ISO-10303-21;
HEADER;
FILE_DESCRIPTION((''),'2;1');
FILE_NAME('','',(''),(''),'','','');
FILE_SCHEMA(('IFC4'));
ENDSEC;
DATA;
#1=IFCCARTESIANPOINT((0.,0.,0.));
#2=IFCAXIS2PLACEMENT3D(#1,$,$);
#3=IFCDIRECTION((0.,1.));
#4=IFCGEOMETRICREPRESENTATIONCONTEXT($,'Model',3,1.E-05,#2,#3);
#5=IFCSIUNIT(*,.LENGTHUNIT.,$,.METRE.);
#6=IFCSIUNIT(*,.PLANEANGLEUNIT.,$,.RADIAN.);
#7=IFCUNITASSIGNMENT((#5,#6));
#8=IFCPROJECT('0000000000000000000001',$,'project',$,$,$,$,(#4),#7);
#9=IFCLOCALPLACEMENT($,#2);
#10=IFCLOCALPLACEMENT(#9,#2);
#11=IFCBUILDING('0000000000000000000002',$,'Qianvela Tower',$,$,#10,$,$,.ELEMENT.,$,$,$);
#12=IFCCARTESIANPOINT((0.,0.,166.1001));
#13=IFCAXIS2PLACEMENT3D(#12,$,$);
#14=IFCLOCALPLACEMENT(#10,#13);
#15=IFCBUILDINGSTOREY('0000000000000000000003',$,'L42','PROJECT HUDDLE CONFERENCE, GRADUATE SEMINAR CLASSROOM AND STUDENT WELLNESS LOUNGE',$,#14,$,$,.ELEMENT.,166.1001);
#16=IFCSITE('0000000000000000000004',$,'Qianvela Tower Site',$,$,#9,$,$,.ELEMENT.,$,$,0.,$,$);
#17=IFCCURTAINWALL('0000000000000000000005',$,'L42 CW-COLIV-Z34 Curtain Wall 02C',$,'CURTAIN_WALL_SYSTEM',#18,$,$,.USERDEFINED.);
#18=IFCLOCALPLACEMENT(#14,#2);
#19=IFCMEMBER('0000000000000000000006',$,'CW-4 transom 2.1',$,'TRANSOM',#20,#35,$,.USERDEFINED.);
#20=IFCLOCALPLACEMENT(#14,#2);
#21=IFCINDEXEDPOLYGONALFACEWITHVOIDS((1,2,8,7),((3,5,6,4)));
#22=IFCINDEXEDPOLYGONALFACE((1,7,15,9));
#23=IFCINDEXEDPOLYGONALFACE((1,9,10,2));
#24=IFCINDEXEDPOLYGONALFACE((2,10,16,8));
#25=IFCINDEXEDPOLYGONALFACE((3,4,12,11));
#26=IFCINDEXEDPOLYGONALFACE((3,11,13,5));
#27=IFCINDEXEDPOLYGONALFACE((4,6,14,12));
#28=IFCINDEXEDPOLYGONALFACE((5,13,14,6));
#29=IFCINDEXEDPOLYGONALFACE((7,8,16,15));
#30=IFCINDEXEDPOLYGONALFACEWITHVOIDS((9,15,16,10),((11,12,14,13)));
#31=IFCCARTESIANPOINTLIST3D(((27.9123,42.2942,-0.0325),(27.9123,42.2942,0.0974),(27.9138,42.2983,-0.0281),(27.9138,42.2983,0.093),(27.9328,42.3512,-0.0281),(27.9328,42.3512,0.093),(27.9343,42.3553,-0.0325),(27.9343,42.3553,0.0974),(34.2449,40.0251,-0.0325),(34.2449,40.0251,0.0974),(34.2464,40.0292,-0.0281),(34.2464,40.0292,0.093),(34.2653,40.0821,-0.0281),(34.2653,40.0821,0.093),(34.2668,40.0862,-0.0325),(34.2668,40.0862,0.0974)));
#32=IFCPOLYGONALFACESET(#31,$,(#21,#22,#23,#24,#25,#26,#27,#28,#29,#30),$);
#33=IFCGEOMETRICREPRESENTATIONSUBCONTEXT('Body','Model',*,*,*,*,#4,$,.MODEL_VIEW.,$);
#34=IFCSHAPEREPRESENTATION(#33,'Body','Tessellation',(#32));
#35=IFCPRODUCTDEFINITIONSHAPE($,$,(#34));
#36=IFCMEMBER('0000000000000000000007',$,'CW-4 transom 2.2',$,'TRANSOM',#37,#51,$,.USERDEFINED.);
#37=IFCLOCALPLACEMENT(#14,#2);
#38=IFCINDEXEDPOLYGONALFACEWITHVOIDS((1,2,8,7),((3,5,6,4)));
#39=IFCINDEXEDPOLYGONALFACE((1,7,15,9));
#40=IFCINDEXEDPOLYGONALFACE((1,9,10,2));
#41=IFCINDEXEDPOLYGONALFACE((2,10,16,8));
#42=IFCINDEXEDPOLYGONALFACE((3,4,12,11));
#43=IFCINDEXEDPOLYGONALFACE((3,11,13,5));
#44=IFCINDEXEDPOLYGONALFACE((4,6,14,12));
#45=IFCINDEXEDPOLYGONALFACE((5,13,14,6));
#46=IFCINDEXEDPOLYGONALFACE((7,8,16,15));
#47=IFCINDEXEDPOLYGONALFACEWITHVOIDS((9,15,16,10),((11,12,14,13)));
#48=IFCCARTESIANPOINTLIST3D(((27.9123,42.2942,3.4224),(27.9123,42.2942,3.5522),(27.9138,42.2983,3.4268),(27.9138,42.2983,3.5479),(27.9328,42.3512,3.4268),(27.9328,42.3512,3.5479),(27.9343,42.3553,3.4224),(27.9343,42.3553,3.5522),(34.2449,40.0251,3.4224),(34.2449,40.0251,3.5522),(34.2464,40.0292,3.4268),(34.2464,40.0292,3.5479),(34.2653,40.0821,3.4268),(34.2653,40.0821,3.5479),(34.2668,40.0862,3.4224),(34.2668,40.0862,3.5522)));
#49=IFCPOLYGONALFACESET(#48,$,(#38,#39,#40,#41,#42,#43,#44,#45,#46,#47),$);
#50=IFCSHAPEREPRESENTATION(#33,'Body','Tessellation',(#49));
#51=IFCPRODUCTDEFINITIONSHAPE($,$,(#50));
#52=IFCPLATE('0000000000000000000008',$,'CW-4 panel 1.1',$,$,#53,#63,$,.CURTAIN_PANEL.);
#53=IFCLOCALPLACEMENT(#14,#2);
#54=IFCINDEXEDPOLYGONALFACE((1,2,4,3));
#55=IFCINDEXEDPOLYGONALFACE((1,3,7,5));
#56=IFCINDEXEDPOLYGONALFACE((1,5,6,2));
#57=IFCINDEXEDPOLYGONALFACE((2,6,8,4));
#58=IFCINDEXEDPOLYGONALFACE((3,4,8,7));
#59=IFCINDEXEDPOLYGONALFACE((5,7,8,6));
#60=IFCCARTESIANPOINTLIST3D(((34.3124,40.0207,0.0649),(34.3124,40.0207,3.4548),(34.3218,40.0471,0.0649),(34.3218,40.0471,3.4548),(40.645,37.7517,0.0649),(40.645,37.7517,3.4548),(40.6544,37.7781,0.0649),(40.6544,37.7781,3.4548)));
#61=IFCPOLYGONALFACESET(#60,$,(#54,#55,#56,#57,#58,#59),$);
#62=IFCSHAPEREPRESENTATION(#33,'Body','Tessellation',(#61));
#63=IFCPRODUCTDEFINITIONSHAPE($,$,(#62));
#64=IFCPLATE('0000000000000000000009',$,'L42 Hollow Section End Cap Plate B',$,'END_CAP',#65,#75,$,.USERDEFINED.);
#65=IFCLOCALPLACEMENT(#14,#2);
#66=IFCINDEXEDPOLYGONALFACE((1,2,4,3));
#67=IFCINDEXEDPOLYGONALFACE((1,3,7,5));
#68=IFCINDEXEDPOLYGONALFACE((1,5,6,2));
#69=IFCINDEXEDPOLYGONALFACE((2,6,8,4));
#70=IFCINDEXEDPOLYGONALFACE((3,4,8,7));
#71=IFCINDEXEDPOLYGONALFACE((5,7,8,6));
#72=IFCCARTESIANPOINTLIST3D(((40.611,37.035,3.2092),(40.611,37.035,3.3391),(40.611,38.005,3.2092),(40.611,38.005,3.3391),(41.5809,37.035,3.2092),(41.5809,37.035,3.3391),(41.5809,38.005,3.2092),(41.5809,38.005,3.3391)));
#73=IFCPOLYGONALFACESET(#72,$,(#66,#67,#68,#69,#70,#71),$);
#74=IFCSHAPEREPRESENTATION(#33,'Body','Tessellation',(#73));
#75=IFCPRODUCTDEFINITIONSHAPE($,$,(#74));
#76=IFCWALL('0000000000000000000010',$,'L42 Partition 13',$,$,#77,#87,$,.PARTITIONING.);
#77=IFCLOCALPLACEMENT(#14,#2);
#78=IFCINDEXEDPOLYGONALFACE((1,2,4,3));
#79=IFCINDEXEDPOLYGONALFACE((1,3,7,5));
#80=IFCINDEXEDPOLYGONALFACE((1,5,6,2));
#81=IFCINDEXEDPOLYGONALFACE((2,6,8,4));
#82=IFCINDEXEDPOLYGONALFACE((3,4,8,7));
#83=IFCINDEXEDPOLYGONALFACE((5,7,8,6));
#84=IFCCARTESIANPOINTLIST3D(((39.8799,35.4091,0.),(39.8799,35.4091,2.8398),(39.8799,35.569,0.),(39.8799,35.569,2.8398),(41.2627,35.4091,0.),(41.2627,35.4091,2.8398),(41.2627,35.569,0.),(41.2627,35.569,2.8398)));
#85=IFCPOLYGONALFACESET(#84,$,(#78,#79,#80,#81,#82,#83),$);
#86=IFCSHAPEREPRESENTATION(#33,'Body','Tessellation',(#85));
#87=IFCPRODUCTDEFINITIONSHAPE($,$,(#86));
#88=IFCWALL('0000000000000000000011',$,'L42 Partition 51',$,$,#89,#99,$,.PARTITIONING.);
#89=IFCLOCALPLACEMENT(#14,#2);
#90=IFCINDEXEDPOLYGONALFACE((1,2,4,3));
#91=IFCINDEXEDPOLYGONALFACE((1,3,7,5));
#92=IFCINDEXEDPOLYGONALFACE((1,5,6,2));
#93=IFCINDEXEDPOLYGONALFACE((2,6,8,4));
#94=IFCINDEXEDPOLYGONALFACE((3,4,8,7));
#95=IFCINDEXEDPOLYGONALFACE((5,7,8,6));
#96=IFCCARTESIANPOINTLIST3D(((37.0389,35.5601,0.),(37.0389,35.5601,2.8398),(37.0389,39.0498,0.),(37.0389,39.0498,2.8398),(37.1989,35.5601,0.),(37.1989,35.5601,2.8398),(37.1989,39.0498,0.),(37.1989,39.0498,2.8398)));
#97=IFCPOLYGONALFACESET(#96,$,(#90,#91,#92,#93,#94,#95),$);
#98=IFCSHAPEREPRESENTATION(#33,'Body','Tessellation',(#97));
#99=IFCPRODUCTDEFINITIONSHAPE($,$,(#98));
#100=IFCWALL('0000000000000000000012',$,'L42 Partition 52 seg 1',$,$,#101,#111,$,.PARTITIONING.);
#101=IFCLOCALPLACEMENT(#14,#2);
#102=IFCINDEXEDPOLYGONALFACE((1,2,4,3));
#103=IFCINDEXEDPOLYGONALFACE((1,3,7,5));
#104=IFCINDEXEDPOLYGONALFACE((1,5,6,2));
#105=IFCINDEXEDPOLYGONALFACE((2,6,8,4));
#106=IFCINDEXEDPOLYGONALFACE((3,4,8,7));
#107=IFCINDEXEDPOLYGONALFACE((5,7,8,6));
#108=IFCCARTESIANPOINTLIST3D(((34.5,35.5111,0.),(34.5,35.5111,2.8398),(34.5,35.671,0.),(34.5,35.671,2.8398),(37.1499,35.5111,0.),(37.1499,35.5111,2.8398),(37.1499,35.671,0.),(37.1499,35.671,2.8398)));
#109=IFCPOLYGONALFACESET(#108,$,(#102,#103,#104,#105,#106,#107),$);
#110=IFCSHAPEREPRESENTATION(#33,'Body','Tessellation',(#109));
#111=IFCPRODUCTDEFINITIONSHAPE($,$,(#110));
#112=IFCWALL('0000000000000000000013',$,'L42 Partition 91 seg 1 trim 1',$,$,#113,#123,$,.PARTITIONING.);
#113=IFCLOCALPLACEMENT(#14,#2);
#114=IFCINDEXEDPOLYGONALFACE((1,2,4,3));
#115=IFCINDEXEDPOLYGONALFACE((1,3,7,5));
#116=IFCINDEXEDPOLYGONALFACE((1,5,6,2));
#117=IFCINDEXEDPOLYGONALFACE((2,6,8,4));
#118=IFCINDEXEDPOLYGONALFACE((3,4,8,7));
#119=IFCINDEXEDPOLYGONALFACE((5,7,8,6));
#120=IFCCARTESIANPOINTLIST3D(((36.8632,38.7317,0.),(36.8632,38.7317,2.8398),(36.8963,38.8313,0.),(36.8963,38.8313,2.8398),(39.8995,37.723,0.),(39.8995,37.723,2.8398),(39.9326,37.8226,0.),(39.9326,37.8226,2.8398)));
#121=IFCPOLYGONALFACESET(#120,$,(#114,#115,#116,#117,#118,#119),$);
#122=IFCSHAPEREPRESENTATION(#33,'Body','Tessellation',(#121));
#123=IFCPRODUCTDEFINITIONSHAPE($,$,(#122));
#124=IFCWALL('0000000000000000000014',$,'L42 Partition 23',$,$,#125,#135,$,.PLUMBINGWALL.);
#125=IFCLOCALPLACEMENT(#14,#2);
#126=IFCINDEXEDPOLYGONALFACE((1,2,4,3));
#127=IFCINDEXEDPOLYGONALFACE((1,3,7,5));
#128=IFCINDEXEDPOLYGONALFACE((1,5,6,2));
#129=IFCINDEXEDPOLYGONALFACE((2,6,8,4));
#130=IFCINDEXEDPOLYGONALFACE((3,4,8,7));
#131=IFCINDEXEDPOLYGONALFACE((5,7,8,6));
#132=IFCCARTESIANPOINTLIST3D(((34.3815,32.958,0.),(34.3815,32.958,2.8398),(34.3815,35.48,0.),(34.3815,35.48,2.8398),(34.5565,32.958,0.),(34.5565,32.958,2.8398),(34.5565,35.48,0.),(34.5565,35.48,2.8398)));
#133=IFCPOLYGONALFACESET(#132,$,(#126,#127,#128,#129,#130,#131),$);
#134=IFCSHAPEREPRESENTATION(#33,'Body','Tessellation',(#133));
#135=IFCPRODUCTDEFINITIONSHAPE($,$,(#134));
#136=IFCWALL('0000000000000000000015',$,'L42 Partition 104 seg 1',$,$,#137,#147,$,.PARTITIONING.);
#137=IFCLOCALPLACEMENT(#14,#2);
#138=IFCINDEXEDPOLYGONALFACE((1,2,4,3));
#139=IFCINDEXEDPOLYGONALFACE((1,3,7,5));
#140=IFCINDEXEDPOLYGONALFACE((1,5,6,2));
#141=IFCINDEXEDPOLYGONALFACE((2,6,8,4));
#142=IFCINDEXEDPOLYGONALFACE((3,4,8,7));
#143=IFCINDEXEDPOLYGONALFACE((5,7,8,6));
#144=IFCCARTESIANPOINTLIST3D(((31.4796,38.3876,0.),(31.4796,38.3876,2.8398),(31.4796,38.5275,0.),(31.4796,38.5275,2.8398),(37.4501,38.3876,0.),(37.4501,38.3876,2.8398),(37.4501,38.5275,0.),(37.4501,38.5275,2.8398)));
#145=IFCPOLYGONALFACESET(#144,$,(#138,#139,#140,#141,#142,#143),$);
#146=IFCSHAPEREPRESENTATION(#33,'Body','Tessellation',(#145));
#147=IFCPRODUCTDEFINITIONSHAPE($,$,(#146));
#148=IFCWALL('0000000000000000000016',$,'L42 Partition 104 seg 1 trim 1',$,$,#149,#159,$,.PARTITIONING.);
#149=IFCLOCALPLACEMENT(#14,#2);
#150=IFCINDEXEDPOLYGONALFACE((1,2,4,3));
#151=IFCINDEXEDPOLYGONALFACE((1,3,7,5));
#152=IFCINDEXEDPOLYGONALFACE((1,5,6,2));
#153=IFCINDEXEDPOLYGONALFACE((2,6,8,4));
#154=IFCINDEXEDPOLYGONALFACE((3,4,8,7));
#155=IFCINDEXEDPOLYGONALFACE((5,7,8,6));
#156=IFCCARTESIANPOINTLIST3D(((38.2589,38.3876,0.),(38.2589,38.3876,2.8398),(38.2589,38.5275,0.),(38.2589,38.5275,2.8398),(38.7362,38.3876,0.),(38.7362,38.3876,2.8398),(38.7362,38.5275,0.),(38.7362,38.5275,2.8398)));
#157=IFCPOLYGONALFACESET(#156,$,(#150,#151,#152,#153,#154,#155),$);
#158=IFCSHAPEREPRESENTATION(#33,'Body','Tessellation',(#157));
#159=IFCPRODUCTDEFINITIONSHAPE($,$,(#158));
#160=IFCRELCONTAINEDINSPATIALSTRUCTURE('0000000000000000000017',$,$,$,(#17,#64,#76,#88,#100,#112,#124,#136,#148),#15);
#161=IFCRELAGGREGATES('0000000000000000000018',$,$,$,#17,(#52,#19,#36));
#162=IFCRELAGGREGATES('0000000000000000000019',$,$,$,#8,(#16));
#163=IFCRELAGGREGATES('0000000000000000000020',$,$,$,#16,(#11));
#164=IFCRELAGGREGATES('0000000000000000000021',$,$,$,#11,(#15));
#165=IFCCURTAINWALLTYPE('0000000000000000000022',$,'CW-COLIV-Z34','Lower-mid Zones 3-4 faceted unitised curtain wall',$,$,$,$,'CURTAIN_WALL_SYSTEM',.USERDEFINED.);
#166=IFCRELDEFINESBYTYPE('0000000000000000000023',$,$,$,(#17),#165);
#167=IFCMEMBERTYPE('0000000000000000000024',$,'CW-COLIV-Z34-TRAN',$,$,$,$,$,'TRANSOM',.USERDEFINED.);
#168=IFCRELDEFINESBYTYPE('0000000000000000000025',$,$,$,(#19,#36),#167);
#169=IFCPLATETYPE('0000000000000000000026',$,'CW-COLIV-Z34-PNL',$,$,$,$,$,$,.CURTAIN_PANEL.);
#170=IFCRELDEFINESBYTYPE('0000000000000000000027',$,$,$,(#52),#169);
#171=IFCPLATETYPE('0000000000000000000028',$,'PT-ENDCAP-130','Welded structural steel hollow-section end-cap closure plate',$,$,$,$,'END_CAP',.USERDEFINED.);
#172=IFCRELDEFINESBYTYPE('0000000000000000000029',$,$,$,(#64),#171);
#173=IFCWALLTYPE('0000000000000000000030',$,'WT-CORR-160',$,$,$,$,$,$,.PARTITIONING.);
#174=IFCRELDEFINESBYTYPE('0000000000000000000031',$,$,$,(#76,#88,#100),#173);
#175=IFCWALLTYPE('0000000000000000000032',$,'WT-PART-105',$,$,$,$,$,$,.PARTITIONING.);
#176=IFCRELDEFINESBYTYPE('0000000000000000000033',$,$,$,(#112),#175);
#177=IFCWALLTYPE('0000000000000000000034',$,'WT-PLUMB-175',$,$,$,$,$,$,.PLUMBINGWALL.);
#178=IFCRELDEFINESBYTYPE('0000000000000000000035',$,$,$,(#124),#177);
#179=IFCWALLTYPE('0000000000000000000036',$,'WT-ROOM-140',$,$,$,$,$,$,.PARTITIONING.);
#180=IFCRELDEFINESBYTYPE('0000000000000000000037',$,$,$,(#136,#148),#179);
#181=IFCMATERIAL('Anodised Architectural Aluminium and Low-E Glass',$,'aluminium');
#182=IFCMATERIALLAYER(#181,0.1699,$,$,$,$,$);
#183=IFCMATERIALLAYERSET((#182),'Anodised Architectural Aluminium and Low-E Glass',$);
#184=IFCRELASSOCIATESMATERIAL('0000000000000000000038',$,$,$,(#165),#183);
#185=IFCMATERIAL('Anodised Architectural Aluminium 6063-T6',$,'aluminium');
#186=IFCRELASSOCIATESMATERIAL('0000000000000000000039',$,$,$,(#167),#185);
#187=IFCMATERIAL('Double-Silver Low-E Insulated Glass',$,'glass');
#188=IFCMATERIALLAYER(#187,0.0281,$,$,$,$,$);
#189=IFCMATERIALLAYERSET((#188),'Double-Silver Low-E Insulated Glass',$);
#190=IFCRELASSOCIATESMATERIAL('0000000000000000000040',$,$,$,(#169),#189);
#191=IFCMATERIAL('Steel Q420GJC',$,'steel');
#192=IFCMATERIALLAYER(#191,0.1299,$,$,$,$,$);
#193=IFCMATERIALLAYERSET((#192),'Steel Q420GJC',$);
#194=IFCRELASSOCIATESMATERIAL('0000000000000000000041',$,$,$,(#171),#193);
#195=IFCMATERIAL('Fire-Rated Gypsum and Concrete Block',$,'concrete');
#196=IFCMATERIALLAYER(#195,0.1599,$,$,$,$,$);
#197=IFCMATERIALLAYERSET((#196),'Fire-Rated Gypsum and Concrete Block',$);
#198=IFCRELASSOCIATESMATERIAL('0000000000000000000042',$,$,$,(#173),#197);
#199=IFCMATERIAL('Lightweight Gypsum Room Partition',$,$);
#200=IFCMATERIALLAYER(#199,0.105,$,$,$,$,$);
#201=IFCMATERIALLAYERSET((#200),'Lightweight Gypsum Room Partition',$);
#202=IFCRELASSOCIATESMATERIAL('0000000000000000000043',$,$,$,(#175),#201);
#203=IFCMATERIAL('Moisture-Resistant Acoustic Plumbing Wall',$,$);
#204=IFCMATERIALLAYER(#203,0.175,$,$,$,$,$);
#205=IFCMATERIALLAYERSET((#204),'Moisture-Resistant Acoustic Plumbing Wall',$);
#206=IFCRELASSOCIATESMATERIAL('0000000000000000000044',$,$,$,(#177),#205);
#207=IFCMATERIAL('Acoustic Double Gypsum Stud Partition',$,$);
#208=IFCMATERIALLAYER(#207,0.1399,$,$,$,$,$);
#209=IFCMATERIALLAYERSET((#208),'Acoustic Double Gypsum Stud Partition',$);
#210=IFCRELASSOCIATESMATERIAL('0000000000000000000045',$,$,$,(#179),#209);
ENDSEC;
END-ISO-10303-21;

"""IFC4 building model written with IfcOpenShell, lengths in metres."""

from ifc_helpers import new_model, si_unit, direction, frame, frame_2d, origin, origin_2d, place, context, subcontext, project, spatial, rectangle, hollow_rectangle, extrude, material, layer, layer_set, material_profile, profile_set, type_object, element, aggregate, save


model = new_model("IFC4")

# Units and contexts
model_context = context("Model", 3, precision=1e-05, world=origin(), true_north=direction((0.0, 1.0)))
body_context = subcontext(model_context, "Body", "Model", "MODEL_VIEW")
ifc_project = project(units=[si_unit("LENGTHUNIT", "METRE"), si_unit("PLANEANGLEUNIT", "RADIAN")], contexts=[model_context])

# Site, building, storey
site_placement = place(None, origin())
site = spatial("IfcSite", under=ifc_project, at=site_placement, Name="Qianvela Tower Site", CompositionType="ELEMENT", RefElevation=0.0)
building_placement = place(site_placement, origin())
building = spatial("IfcBuilding", under=site, at=building_placement, Name="Qianvela Tower", CompositionType="ELEMENT")
storey_placement = place(building_placement, frame((0.0, 0.0, 166.1001)))
storey = spatial("IfcBuildingStorey", under=building, at=storey_placement, Name="L42", Description="PROJECT HUDDLE CONFERENCE, GRADUATE SEMINAR CLASSROOM AND STUDENT WELLNESS LOUNGE", CompositionType="ELEMENT", Elevation=166.1001)

# Curtain wall, members, plate
ifc_material_1 = material(Name="Anodised Architectural Aluminium and Low-E Glass", Category="aluminium")
ifc_layer_1 = layer(ifc_material_1, 0.1699)
ifc_layer_set_1 = layer_set([ifc_layer_1], Name="Anodised Architectural Aluminium and Low-E Glass")
curtain_wall_type_1 = type_object("IfcCurtainWallType", Name="CW-COLIV-Z34", Description="Lower-mid Zones 3-4 faceted unitised curtain wall", ElementType="CURTAIN_WALL_SYSTEM", PredefinedType="USERDEFINED", material=ifc_layer_set_1)
curtain_wall_1_placement = place(storey_placement, origin())
curtain_wall_1 = element("IfcCurtainWall", 1, at=curtain_wall_1_placement, inside=storey, type_object=curtain_wall_type_1, Name="L42 CW-COLIV-Z34 Curtain Wall 02C", ObjectType="CURTAIN_WALL_SYSTEM", PredefinedType="USERDEFINED")
ifc_material_2 = material(Name="Anodised Architectural Aluminium 6063-T6", Category="aluminium")
ifc_material_profile_1 = material_profile(ifc_material_2, hollow_rectangle(XDim=0.0649, YDim=0.1299, WallThickness=0.0044, at=origin_2d()), Name="ALU-TRAN-65x130")
ifc_profile_set_1 = profile_set([ifc_material_profile_1], Name="Anodised Architectural Aluminium 6063-T6")
member_type_1 = type_object("IfcMemberType", Name="CW-COLIV-Z34-TRAN", ElementType="TRANSOM", PredefinedType="USERDEFINED", material=ifc_profile_set_1)
member_1_placement = place(storey_placement, frame((34.2559, 40.0557, 0.0325), z_axis=(-0.941392, 0.337316, 0.0), x_axis=(-0.337316, -0.941392, 0.0)))
member_1 = element("IfcMember", 2, at=member_1_placement, type_object=member_type_1, Name="CW-4 transom 2.1", ObjectType="TRANSOM", PredefinedType="USERDEFINED", context=body_context, shape_type="SweptSolid", body=[
    extrude(hollow_rectangle(XDim=0.0649, YDim=0.1299, WallThickness=0.0044, at=origin_2d()), origin(), (0.0, 0.0, 1.0), 6.7268),
])
member_2_placement = place(storey_placement, frame((34.2559, 40.0557, 3.4873), z_axis=(-0.941392, 0.337316, 0.0), x_axis=(-0.337316, -0.941392, 0.0)))
member_2 = element("IfcMember", 3, at=member_2_placement, type_object=member_type_1, Name="CW-4 transom 2.2", ObjectType="TRANSOM", PredefinedType="USERDEFINED", context=body_context, shape_type="SweptSolid", body=[
    extrude(hollow_rectangle(XDim=0.0649, YDim=0.1299, WallThickness=0.0044, at=origin_2d()), origin(), (0.0, 0.0, 1.0), 6.7268),
])
ifc_material_3 = material(Name="Double-Silver Low-E Insulated Glass", Category="glass")
ifc_layer_2 = layer(ifc_material_3, 0.0281)
ifc_layer_set_2 = layer_set([ifc_layer_2], Name="Double-Silver Low-E Insulated Glass")
plate_type_1 = type_object("IfcPlateType", Name="CW-COLIV-Z34-PNL", PredefinedType="CURTAIN_PANEL", material=ifc_layer_set_2)
plate_1_placement = place(storey_placement, frame((37.4834, 38.8994, 0.0649), z_axis=(0.0, 0.0, 1.0), x_axis=(-0.941394, 0.33731, 0.0)))
plate_1 = element("IfcPlate", 4, at=plate_1_placement, type_object=plate_type_1, Name="CW-4 panel 1.1", PredefinedType="CURTAIN_PANEL", context=body_context, shape_type="SweptSolid", body=[
    extrude(rectangle(XDim=6.7268, YDim=0.0281, at=origin_2d()), origin(), (0.0, 0.0, 1.0), 3.3899),
])
aggregate(curtain_wall_1, [plate_1, member_1, member_2])

# Plate
ifc_material_4 = material(Name="Steel Q420GJC", Category="steel")
ifc_layer_3 = layer(ifc_material_4, 0.1299)
ifc_layer_set_3 = layer_set([ifc_layer_3], Name="Steel Q420GJC")
plate_type_2 = type_object("IfcPlateType", Name="PT-ENDCAP-130", Description="Welded structural steel hollow-section end-cap closure plate", ElementType="END_CAP", PredefinedType="USERDEFINED", material=ifc_layer_set_3)
plate_2_placement = place(storey_placement, frame((41.0959, 37.52, 3.2092), z_axis=(0.0, 0.0, 1.0), x_axis=(1.0, 0.0, 0.0)))
element("IfcPlate", 5, at=plate_2_placement, inside=storey, type_object=plate_type_2, Name="L42 Hollow Section End Cap Plate B", ObjectType="END_CAP", PredefinedType="USERDEFINED", context=body_context, shape_type="SweptSolid", body=[
    extrude(rectangle(XDim=0.97, YDim=0.97, at=origin_2d()), origin(), (0.0, 0.0, 1.0), 0.1299),
])

# Walls
ifc_material_5 = material(Name="Fire-Rated Gypsum and Concrete Block", Category="concrete")
ifc_layer_4 = layer(ifc_material_5, 0.1599)
ifc_layer_set_4 = layer_set([ifc_layer_4], Name="Fire-Rated Gypsum and Concrete Block")
wall_type_1 = type_object("IfcWallType", Name="WT-CORR-160", PredefinedType="PARTITIONING", material=ifc_layer_set_4)
wall_1_placement = place(storey_placement, frame((39.8799, 35.489, 0.0), z_axis=(0.0, 0.0, 1.0), x_axis=(1.0, 0.0, 0.0)))
element("IfcWall", 6, at=wall_1_placement, inside=storey, type_object=wall_type_1, Name="L42 Partition 13", PredefinedType="PARTITIONING", context=body_context, shape_type="SweptSolid", body=[
    extrude(rectangle(XDim=1.3828, YDim=0.1599, at=frame_2d((0.6914, 0.0))), origin(), (0.0, 0.0, 1.0), 2.8398),
])
wall_2_placement = place(storey_placement, frame((37.1189, 39.0498, 0.0), z_axis=(0.0, 0.0, 1.0), x_axis=(0.0, -1.0, 0.0)))
element("IfcWall", 7, at=wall_2_placement, inside=storey, type_object=wall_type_1, Name="L42 Partition 51", PredefinedType="PARTITIONING", context=body_context, shape_type="SweptSolid", body=[
    extrude(rectangle(XDim=3.4897, YDim=0.1599, at=frame_2d((1.7449, 0.0))), origin(), (0.0, 0.0, 1.0), 2.8398),
])
wall_3_placement = place(storey_placement, frame((37.1499, 35.5911, 0.0), z_axis=(0.0, 0.0, 1.0), x_axis=(-1.0, 0.0, 0.0)))
element("IfcWall", 8, at=wall_3_placement, inside=storey, type_object=wall_type_1, Name="L42 Partition 52 seg 1", PredefinedType="PARTITIONING", context=body_context, shape_type="SweptSolid", body=[
    extrude(rectangle(XDim=2.6499, YDim=0.1599, at=frame_2d((1.325, 0.0))), origin(), (0.0, 0.0, 1.0), 2.8398),
])
ifc_material_6 = material(Name="Lightweight Gypsum Room Partition")
ifc_layer_5 = layer(ifc_material_6, 0.105)
ifc_layer_set_5 = layer_set([ifc_layer_5], Name="Lightweight Gypsum Room Partition")
wall_type_2 = type_object("IfcWallType", Name="WT-PART-105", PredefinedType="PARTITIONING", material=ifc_layer_set_5)
wall_4_placement = place(storey_placement, frame((36.8799, 38.7815, 0.0), z_axis=(0.0, 0.0, 1.0), x_axis=(0.948996, -0.315289, 0.0)))
element("IfcWall", 9, at=wall_4_placement, inside=storey, type_object=wall_type_2, Name="L42 Partition 91 seg 1 trim 1", PredefinedType="PARTITIONING", context=body_context, shape_type="SweptSolid", body=[
    extrude(rectangle(XDim=3.1995, YDim=0.105, at=frame_2d((1.5996, 0.0))), origin(), (0.0, 0.0, 1.0), 2.8398),
])
ifc_material_7 = material(Name="Moisture-Resistant Acoustic Plumbing Wall")
ifc_layer_6 = layer(ifc_material_7, 0.175)
ifc_layer_set_6 = layer_set([ifc_layer_6], Name="Moisture-Resistant Acoustic Plumbing Wall")
wall_type_3 = type_object("IfcWallType", Name="WT-PLUMB-175", PredefinedType="PLUMBINGWALL", material=ifc_layer_set_6)
wall_5_placement = place(storey_placement, frame((34.469, 35.48, 0.0), z_axis=(0.0, 0.0, 1.0), x_axis=(0.0, -1.0, 0.0)))
element("IfcWall", 10, at=wall_5_placement, inside=storey, type_object=wall_type_3, Name="L42 Partition 23", PredefinedType="PLUMBINGWALL", context=body_context, shape_type="SweptSolid", body=[
    extrude(rectangle(XDim=2.522, YDim=0.175, at=frame_2d((1.261, 0.0))), origin(), (0.0, 0.0, 1.0), 2.8398),
])
ifc_material_8 = material(Name="Acoustic Double Gypsum Stud Partition")
ifc_layer_7 = layer(ifc_material_8, 0.1399)
ifc_layer_set_7 = layer_set([ifc_layer_7], Name="Acoustic Double Gypsum Stud Partition")
wall_type_4 = type_object("IfcWallType", Name="WT-ROOM-140", PredefinedType="PARTITIONING", material=ifc_layer_set_7)
wall_6_placement = place(storey_placement, frame((37.4502, 38.4575, 0.0), z_axis=(0.0, 0.0, 1.0), x_axis=(-1.0, 0.0, 0.0)))
element("IfcWall", 11, at=wall_6_placement, inside=storey, type_object=wall_type_4, Name="L42 Partition 104 seg 1", PredefinedType="PARTITIONING", context=body_context, shape_type="SweptSolid", body=[
    extrude(rectangle(XDim=5.9705, YDim=0.1399, at=frame_2d((2.9854, 0.0))), origin(), (0.0, 0.0, 1.0), 2.8398),
])
wall_7_placement = place(storey_placement, frame((38.7363, 38.4575, 0.0), z_axis=(0.0, 0.0, 1.0), x_axis=(-1.0, 0.0, 0.0)))
element("IfcWall", 12, at=wall_7_placement, inside=storey, type_object=wall_type_4, Name="L42 Partition 104 seg 1 trim 1", PredefinedType="PARTITIONING", context=body_context, shape_type="SweptSolid", body=[
    extrude(rectangle(XDim=0.4773, YDim=0.1399, at=frame_2d((0.2388, 0.0))), origin(), (0.0, 0.0, 1.0), 2.8398),
])

save(model, "model.ifc")
